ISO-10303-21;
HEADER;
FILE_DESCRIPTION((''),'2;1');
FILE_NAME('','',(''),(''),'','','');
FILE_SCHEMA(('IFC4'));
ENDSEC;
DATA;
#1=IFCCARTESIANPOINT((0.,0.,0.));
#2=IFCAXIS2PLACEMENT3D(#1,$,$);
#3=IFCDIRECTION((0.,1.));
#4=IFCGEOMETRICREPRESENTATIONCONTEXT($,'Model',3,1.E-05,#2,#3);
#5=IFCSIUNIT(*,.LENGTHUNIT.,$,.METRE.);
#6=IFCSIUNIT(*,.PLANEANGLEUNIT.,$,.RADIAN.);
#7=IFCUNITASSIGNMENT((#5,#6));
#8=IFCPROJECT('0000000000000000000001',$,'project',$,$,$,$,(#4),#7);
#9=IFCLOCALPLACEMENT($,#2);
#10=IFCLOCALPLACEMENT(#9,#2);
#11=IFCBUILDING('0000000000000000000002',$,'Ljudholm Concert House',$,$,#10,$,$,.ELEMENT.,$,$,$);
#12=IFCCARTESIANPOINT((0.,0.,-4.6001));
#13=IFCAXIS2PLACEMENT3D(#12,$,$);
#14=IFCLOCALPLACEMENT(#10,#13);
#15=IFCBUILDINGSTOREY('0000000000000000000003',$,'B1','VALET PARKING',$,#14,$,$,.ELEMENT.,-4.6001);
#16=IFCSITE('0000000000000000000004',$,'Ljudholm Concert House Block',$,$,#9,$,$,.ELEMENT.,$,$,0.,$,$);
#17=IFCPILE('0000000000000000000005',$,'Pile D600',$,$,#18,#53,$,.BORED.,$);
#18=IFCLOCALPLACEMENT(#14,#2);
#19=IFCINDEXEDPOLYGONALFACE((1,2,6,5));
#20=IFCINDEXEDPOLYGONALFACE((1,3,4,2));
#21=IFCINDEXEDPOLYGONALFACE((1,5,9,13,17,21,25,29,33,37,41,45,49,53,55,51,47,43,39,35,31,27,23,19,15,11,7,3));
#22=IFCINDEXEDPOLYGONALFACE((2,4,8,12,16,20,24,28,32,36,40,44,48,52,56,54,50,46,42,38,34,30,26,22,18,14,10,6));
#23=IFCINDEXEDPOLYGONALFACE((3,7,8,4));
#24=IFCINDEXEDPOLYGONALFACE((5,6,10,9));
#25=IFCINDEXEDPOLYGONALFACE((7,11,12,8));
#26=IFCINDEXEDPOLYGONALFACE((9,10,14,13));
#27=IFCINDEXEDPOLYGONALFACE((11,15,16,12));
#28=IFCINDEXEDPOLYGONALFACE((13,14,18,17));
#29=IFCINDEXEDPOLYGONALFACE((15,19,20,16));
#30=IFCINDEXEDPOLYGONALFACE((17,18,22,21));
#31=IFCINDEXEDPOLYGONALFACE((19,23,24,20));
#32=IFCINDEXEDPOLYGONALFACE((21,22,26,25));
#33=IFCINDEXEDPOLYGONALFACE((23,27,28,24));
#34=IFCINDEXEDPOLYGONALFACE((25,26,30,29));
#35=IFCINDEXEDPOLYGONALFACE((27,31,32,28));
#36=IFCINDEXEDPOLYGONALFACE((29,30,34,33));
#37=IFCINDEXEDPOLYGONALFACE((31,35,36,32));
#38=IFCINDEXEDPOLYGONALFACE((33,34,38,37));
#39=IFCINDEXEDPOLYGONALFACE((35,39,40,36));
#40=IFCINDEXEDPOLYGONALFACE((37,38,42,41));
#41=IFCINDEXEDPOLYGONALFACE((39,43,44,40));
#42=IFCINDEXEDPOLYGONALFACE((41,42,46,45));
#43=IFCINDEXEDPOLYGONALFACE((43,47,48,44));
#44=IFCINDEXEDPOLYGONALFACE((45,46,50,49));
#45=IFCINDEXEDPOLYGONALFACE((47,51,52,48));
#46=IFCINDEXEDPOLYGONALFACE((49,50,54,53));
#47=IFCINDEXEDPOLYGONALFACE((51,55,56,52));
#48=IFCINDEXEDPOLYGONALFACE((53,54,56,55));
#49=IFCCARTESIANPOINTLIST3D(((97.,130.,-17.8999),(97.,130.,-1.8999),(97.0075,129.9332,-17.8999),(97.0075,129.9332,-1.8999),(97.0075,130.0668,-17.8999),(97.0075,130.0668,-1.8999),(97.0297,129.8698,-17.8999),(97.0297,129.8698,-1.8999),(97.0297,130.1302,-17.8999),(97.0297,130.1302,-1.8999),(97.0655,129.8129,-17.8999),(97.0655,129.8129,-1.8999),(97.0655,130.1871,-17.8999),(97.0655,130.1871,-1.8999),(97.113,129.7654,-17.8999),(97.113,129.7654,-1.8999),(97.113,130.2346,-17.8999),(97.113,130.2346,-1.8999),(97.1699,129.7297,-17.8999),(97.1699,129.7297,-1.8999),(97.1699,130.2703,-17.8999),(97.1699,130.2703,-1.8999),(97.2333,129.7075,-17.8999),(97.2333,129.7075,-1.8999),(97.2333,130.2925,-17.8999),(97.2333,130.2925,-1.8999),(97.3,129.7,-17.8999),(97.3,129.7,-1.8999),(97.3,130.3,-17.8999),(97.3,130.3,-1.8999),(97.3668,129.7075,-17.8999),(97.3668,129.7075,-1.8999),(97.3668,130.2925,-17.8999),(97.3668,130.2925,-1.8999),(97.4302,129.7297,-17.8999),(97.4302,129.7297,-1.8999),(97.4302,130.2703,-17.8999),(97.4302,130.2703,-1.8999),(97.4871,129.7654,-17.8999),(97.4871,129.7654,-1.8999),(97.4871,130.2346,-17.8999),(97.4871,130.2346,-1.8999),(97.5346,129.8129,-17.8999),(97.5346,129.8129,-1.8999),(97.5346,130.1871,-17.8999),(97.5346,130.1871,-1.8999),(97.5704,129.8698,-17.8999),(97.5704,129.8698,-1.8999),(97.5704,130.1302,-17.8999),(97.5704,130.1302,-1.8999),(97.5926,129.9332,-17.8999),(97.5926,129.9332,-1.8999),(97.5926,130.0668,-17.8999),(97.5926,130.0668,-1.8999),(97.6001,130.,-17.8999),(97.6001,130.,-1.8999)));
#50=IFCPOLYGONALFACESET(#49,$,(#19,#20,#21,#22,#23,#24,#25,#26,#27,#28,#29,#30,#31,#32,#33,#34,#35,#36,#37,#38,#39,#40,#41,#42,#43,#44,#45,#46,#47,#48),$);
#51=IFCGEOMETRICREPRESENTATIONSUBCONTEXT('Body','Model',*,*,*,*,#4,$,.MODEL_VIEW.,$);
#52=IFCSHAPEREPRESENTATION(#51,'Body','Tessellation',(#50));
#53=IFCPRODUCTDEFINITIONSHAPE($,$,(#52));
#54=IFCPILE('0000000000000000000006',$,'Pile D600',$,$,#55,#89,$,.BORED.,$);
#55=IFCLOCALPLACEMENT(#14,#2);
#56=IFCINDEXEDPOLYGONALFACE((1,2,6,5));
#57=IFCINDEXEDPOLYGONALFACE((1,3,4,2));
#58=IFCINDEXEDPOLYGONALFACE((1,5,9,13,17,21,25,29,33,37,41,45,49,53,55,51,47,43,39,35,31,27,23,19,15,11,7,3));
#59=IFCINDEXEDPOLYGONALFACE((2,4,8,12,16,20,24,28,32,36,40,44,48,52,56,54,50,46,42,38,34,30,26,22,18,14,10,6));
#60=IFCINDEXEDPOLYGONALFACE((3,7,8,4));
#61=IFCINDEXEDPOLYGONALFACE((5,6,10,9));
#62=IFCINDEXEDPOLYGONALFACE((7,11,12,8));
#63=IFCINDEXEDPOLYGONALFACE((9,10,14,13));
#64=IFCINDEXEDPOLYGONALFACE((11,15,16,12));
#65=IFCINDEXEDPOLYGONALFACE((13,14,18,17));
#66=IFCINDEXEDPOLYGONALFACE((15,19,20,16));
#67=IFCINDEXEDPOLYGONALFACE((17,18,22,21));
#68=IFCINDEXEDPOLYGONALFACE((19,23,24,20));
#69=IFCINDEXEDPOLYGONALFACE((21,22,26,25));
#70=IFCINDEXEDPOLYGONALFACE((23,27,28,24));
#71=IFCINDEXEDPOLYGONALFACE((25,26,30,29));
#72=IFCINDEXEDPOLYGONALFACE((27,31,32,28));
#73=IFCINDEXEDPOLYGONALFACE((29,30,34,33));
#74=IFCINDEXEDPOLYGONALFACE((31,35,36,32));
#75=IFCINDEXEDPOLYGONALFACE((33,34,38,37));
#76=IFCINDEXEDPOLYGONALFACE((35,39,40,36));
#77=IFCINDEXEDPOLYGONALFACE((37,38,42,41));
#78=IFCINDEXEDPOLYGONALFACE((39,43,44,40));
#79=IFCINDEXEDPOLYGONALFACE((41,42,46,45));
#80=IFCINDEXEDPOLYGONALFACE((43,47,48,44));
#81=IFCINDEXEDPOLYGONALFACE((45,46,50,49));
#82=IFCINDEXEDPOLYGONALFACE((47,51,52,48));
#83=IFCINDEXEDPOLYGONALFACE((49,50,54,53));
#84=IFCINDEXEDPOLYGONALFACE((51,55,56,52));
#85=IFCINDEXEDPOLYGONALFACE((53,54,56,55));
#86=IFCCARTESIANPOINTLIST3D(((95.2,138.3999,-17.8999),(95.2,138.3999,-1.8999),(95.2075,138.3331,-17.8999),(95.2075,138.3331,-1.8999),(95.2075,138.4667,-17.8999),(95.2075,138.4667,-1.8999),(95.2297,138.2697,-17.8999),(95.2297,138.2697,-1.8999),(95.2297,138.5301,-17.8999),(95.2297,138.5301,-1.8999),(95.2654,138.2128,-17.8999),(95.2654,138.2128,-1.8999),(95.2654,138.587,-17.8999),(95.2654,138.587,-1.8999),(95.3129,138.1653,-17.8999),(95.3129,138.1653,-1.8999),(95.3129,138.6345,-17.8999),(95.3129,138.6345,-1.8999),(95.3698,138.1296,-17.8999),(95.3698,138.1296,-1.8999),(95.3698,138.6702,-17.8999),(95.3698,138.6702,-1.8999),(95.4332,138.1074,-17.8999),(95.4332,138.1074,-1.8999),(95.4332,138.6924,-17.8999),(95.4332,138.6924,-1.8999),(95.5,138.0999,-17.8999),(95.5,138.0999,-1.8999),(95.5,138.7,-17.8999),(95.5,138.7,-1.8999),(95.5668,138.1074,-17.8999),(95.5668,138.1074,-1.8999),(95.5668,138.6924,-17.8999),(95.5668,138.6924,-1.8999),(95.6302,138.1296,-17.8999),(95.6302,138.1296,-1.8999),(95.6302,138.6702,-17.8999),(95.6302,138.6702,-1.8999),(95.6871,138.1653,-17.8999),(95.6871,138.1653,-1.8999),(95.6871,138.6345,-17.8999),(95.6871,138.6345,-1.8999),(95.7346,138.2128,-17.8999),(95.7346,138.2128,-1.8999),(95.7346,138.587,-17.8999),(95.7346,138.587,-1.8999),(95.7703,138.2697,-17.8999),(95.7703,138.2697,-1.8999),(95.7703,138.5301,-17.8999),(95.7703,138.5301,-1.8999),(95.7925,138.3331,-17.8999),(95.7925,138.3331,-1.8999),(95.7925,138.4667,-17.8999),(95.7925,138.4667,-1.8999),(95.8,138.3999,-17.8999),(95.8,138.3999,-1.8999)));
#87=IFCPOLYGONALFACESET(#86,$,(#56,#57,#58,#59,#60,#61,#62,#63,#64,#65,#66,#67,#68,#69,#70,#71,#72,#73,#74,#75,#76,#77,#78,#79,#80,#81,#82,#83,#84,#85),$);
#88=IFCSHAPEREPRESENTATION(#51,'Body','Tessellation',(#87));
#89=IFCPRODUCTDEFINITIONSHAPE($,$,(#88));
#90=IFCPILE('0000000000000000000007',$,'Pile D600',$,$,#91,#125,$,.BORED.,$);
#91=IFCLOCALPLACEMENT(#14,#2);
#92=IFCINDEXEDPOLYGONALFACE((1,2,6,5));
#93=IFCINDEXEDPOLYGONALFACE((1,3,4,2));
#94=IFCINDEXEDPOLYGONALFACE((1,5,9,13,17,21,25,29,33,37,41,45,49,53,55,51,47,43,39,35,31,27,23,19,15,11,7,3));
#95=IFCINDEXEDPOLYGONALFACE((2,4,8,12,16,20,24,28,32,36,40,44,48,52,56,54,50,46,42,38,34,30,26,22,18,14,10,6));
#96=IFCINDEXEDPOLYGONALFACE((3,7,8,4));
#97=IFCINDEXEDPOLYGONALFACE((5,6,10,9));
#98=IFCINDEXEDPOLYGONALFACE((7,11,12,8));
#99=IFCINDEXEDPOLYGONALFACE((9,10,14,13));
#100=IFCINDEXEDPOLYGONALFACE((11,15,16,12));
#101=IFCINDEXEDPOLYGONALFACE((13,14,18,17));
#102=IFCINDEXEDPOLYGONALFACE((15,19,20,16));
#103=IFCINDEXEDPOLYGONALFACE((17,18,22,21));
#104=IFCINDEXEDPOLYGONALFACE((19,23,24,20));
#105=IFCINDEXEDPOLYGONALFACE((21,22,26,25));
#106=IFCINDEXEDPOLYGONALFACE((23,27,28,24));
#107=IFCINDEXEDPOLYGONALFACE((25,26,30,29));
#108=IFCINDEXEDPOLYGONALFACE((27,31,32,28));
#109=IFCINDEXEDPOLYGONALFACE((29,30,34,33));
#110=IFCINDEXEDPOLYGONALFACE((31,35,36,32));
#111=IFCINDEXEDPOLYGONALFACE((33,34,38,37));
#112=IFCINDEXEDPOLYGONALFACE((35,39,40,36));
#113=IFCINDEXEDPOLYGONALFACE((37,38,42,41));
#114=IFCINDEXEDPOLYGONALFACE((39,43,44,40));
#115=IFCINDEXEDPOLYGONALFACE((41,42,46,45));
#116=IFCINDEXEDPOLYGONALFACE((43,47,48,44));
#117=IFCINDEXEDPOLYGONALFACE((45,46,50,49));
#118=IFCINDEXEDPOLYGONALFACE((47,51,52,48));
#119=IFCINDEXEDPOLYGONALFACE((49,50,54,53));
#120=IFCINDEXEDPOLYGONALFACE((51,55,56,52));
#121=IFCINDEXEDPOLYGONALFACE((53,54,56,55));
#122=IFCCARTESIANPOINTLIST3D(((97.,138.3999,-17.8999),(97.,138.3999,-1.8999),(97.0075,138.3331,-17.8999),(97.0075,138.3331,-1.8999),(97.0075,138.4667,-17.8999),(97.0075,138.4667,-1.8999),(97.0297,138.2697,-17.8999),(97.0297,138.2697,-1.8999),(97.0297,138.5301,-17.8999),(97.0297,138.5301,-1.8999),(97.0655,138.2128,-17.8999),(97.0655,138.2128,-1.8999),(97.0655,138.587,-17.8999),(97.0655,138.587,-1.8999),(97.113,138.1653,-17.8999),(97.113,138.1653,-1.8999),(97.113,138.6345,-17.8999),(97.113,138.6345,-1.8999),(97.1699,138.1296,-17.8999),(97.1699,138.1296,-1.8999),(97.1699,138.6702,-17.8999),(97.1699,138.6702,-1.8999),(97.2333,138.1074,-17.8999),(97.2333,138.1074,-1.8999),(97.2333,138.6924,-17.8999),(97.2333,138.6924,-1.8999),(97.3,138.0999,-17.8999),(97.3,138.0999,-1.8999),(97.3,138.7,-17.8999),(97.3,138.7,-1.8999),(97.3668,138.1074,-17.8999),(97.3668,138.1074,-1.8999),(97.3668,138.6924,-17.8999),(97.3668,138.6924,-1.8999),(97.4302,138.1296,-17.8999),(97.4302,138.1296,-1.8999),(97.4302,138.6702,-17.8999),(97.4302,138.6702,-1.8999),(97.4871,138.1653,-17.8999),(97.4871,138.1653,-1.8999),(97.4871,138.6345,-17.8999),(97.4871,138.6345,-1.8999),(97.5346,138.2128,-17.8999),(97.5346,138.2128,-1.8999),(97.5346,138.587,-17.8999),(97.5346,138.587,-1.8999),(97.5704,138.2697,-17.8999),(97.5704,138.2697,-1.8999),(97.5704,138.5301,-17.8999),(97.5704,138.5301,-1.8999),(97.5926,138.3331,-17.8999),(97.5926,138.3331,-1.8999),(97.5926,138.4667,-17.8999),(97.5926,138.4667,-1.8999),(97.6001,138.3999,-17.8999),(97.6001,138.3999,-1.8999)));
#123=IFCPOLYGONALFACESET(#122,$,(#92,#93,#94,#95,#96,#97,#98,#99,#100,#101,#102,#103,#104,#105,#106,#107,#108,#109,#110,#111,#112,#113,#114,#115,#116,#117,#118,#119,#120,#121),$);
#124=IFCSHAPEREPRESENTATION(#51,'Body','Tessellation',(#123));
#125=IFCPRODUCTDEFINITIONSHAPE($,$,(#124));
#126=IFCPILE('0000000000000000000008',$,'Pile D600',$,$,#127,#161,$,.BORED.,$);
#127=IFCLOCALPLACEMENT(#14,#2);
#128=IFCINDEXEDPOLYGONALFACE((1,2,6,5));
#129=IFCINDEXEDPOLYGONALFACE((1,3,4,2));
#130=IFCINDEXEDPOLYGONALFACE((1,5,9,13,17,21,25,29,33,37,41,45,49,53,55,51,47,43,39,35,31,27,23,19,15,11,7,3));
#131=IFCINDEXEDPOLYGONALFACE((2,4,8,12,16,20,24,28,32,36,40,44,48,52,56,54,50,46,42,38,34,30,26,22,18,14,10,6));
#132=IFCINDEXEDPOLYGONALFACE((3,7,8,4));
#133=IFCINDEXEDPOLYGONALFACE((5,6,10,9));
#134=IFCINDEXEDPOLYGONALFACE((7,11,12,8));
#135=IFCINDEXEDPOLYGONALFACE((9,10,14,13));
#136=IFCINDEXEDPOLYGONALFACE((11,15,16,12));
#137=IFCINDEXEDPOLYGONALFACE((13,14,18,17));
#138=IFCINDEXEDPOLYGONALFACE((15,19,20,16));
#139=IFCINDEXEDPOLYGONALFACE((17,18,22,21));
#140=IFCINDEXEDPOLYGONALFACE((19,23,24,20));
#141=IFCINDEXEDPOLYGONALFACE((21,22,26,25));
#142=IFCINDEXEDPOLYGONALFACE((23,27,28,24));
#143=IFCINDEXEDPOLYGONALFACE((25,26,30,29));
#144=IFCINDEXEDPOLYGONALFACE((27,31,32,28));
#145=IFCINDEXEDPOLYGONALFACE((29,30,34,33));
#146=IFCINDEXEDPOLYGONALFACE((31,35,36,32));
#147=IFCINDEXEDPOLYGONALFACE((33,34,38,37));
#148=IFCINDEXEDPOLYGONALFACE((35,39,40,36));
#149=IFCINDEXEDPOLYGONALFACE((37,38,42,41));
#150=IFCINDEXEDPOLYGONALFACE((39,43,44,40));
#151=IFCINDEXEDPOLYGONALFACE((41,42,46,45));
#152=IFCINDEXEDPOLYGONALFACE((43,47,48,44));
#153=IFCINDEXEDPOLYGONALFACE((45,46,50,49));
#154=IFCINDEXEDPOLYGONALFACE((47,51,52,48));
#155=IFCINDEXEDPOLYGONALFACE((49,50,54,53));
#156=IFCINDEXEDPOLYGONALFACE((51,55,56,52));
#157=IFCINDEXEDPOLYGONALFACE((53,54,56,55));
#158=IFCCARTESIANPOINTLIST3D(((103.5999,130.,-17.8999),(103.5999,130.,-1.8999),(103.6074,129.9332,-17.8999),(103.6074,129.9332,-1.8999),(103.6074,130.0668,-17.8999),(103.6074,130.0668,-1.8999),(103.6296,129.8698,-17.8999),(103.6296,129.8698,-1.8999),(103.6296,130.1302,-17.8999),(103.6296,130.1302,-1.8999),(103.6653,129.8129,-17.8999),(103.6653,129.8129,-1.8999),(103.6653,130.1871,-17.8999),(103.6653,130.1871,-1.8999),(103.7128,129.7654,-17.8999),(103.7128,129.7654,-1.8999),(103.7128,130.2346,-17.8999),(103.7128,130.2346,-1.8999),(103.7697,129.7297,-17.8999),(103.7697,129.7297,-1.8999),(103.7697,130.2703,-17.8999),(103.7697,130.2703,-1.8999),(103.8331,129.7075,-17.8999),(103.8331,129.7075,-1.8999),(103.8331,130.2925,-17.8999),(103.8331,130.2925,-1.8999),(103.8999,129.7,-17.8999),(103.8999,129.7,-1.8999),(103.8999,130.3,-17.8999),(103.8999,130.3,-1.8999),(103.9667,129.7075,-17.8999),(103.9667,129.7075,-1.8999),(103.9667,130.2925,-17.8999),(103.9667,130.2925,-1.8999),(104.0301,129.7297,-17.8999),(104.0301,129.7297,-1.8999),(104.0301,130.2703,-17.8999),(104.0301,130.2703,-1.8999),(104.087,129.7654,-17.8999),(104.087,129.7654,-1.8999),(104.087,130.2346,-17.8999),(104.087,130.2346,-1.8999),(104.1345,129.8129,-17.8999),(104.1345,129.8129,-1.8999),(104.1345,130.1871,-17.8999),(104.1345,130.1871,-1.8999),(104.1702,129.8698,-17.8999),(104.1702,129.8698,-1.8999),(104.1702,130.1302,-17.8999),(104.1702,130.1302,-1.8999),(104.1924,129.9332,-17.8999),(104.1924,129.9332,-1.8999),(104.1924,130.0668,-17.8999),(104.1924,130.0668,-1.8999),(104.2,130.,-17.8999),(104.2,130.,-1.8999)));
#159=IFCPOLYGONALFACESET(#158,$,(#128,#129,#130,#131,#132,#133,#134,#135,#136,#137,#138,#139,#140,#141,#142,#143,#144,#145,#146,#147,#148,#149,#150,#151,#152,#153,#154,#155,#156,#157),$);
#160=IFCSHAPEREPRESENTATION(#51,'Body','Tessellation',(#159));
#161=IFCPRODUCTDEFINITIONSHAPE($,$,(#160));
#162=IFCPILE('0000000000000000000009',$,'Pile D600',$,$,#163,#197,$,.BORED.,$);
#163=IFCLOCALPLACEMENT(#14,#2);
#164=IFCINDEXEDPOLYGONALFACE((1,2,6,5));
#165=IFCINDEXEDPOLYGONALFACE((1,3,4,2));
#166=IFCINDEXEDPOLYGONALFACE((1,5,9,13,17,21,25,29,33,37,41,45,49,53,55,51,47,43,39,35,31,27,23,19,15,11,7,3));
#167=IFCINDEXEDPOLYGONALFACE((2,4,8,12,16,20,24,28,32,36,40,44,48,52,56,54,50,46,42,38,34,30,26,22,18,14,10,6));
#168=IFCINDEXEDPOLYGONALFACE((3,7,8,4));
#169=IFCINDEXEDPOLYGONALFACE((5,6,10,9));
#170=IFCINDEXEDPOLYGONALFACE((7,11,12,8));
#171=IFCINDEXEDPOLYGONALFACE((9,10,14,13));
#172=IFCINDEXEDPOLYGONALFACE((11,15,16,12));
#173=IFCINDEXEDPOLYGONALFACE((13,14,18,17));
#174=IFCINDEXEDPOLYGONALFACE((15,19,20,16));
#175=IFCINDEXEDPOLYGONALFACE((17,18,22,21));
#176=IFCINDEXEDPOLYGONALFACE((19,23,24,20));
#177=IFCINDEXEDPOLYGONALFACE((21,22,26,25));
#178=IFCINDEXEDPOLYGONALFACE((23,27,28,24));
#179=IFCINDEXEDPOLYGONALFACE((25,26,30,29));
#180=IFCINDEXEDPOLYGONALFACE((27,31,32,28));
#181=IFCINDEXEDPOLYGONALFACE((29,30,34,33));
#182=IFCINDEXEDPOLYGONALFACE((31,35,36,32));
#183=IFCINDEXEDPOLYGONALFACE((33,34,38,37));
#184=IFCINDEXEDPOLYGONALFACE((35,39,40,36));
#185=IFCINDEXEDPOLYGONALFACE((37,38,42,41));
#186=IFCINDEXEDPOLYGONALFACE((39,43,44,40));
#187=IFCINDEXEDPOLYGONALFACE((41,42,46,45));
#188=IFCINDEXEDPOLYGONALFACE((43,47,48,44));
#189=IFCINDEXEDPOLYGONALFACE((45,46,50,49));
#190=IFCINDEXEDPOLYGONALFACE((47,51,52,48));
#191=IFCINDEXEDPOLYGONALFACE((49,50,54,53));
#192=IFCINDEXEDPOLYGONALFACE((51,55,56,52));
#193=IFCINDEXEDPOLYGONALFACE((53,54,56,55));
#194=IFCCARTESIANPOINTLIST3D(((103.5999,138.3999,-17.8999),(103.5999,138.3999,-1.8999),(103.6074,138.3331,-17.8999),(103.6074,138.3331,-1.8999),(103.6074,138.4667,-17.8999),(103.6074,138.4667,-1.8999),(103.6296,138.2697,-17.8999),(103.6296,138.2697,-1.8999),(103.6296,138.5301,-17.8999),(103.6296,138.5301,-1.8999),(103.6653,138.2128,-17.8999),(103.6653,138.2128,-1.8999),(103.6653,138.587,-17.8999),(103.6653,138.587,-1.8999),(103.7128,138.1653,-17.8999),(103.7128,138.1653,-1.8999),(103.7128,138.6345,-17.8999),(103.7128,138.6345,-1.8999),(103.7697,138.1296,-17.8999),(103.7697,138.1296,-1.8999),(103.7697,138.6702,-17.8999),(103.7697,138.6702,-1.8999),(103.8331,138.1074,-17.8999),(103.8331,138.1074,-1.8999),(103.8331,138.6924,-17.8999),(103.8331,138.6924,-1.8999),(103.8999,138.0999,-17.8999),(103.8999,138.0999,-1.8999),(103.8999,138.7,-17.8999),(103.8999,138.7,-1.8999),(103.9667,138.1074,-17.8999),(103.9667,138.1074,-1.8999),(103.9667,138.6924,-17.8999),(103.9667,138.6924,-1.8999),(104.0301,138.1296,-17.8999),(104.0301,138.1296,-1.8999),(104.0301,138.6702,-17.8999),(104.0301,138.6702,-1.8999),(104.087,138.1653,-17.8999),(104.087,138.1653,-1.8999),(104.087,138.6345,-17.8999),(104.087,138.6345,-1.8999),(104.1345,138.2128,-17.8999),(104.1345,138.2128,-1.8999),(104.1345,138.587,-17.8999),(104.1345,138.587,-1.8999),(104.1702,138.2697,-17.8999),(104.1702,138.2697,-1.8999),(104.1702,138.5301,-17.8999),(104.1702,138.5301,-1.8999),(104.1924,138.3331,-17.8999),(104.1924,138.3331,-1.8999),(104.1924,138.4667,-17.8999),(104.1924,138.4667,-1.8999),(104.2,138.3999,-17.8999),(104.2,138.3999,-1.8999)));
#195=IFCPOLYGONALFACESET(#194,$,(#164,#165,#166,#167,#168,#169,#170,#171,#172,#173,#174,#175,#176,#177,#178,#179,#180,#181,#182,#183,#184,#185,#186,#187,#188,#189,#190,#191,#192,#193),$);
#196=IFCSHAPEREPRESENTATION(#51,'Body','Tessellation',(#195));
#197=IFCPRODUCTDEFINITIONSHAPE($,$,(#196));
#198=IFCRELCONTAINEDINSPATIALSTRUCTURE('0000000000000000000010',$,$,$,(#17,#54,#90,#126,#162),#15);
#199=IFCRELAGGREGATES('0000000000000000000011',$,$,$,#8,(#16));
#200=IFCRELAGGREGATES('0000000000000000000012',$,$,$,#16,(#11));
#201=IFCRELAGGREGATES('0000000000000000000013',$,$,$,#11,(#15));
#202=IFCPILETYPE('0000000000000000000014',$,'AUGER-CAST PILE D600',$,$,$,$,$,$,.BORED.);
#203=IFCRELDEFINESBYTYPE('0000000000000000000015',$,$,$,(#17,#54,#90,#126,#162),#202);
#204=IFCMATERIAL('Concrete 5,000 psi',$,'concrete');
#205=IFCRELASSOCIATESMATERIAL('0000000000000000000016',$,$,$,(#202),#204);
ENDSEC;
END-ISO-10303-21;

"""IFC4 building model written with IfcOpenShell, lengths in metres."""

from ifc_helpers import new_model, si_unit, direction, frame, origin, origin_2d, place, context, subcontext, project, spatial, circle, extrude, material, material_profile, profile_set, type_object, element, save


model = new_model("IFC4")

# Units and contexts
model_context = context("Model", 3, precision=1e-05, world=origin(), true_north=direction((0.0, 1.0)))
body_context = subcontext(model_context, "Body", "Model", "MODEL_VIEW")
ifc_project = project(units=[si_unit("LENGTHUNIT", "METRE"), si_unit("PLANEANGLEUNIT", "RADIAN")], contexts=[model_context])

# Site, building, storey
site_placement = place(None, origin())
site = spatial("IfcSite", under=ifc_project, at=site_placement, Name="Ljudholm Concert House Block", CompositionType="ELEMENT", RefElevation=0.0)
building_placement = place(site_placement, origin())
building = spatial("IfcBuilding", under=site, at=building_placement, Name="Ljudholm Concert House", CompositionType="ELEMENT")
storey_placement = place(building_placement, frame((0.0, 0.0, -4.6001)))
storey = spatial("IfcBuildingStorey", under=building, at=storey_placement, Name="B1", Description="VALET PARKING", CompositionType="ELEMENT", Elevation=-4.6001)

# Piles
ifc_material_1 = material(Name="Concrete 5,000 psi", Category="concrete")
ifc_material_profile_1 = material_profile(ifc_material_1, circle(Radius=0.3, at=origin_2d()), Name="AUGER-CAST PILE D600")
ifc_profile_set_1 = profile_set([ifc_material_profile_1], Name="Concrete 5,000 psi")
pile_type = type_object("IfcPileType", Name="AUGER-CAST PILE D600", PredefinedType="BORED", material=ifc_profile_set_1)
for number, where, z_axis, x_axis, name in (
    (1, (97.3, 130.0, -1.8999), (0.0, 0.0, -1.0), (1.0, 0.0, 0.0), "Pile D600"),
    (2, (95.5, 138.3999, -1.8999), (0.0, 0.0, -1.0), (1.0, 0.0, 0.0), "Pile D600"),
    (3, (97.3, 138.3999, -1.8999), (0.0, 0.0, -1.0), (1.0, 0.0, 0.0), "Pile D600"),
    (4, (103.8999, 130.0, -1.8999), (0.0, 0.0, -1.0), (1.0, 0.0, 0.0), "Pile D600"),
    (5, (103.8999, 138.3999, -1.8999), (0.0, 0.0, -1.0), (1.0, 0.0, 0.0), "Pile D600"),
):
    element("IfcPile", number, at=place(storey_placement, frame(where, z_axis=z_axis, x_axis=x_axis)), inside=storey, type_object=pile_type, Name=name, PredefinedType="BORED", context=body_context, shape_type="SweptSolid", body=[
        extrude(circle(Radius=0.3, at=origin_2d()), origin(), (0.0, 0.0, 1.0), 16.0),
    ])

save(model, "model.ifc")
